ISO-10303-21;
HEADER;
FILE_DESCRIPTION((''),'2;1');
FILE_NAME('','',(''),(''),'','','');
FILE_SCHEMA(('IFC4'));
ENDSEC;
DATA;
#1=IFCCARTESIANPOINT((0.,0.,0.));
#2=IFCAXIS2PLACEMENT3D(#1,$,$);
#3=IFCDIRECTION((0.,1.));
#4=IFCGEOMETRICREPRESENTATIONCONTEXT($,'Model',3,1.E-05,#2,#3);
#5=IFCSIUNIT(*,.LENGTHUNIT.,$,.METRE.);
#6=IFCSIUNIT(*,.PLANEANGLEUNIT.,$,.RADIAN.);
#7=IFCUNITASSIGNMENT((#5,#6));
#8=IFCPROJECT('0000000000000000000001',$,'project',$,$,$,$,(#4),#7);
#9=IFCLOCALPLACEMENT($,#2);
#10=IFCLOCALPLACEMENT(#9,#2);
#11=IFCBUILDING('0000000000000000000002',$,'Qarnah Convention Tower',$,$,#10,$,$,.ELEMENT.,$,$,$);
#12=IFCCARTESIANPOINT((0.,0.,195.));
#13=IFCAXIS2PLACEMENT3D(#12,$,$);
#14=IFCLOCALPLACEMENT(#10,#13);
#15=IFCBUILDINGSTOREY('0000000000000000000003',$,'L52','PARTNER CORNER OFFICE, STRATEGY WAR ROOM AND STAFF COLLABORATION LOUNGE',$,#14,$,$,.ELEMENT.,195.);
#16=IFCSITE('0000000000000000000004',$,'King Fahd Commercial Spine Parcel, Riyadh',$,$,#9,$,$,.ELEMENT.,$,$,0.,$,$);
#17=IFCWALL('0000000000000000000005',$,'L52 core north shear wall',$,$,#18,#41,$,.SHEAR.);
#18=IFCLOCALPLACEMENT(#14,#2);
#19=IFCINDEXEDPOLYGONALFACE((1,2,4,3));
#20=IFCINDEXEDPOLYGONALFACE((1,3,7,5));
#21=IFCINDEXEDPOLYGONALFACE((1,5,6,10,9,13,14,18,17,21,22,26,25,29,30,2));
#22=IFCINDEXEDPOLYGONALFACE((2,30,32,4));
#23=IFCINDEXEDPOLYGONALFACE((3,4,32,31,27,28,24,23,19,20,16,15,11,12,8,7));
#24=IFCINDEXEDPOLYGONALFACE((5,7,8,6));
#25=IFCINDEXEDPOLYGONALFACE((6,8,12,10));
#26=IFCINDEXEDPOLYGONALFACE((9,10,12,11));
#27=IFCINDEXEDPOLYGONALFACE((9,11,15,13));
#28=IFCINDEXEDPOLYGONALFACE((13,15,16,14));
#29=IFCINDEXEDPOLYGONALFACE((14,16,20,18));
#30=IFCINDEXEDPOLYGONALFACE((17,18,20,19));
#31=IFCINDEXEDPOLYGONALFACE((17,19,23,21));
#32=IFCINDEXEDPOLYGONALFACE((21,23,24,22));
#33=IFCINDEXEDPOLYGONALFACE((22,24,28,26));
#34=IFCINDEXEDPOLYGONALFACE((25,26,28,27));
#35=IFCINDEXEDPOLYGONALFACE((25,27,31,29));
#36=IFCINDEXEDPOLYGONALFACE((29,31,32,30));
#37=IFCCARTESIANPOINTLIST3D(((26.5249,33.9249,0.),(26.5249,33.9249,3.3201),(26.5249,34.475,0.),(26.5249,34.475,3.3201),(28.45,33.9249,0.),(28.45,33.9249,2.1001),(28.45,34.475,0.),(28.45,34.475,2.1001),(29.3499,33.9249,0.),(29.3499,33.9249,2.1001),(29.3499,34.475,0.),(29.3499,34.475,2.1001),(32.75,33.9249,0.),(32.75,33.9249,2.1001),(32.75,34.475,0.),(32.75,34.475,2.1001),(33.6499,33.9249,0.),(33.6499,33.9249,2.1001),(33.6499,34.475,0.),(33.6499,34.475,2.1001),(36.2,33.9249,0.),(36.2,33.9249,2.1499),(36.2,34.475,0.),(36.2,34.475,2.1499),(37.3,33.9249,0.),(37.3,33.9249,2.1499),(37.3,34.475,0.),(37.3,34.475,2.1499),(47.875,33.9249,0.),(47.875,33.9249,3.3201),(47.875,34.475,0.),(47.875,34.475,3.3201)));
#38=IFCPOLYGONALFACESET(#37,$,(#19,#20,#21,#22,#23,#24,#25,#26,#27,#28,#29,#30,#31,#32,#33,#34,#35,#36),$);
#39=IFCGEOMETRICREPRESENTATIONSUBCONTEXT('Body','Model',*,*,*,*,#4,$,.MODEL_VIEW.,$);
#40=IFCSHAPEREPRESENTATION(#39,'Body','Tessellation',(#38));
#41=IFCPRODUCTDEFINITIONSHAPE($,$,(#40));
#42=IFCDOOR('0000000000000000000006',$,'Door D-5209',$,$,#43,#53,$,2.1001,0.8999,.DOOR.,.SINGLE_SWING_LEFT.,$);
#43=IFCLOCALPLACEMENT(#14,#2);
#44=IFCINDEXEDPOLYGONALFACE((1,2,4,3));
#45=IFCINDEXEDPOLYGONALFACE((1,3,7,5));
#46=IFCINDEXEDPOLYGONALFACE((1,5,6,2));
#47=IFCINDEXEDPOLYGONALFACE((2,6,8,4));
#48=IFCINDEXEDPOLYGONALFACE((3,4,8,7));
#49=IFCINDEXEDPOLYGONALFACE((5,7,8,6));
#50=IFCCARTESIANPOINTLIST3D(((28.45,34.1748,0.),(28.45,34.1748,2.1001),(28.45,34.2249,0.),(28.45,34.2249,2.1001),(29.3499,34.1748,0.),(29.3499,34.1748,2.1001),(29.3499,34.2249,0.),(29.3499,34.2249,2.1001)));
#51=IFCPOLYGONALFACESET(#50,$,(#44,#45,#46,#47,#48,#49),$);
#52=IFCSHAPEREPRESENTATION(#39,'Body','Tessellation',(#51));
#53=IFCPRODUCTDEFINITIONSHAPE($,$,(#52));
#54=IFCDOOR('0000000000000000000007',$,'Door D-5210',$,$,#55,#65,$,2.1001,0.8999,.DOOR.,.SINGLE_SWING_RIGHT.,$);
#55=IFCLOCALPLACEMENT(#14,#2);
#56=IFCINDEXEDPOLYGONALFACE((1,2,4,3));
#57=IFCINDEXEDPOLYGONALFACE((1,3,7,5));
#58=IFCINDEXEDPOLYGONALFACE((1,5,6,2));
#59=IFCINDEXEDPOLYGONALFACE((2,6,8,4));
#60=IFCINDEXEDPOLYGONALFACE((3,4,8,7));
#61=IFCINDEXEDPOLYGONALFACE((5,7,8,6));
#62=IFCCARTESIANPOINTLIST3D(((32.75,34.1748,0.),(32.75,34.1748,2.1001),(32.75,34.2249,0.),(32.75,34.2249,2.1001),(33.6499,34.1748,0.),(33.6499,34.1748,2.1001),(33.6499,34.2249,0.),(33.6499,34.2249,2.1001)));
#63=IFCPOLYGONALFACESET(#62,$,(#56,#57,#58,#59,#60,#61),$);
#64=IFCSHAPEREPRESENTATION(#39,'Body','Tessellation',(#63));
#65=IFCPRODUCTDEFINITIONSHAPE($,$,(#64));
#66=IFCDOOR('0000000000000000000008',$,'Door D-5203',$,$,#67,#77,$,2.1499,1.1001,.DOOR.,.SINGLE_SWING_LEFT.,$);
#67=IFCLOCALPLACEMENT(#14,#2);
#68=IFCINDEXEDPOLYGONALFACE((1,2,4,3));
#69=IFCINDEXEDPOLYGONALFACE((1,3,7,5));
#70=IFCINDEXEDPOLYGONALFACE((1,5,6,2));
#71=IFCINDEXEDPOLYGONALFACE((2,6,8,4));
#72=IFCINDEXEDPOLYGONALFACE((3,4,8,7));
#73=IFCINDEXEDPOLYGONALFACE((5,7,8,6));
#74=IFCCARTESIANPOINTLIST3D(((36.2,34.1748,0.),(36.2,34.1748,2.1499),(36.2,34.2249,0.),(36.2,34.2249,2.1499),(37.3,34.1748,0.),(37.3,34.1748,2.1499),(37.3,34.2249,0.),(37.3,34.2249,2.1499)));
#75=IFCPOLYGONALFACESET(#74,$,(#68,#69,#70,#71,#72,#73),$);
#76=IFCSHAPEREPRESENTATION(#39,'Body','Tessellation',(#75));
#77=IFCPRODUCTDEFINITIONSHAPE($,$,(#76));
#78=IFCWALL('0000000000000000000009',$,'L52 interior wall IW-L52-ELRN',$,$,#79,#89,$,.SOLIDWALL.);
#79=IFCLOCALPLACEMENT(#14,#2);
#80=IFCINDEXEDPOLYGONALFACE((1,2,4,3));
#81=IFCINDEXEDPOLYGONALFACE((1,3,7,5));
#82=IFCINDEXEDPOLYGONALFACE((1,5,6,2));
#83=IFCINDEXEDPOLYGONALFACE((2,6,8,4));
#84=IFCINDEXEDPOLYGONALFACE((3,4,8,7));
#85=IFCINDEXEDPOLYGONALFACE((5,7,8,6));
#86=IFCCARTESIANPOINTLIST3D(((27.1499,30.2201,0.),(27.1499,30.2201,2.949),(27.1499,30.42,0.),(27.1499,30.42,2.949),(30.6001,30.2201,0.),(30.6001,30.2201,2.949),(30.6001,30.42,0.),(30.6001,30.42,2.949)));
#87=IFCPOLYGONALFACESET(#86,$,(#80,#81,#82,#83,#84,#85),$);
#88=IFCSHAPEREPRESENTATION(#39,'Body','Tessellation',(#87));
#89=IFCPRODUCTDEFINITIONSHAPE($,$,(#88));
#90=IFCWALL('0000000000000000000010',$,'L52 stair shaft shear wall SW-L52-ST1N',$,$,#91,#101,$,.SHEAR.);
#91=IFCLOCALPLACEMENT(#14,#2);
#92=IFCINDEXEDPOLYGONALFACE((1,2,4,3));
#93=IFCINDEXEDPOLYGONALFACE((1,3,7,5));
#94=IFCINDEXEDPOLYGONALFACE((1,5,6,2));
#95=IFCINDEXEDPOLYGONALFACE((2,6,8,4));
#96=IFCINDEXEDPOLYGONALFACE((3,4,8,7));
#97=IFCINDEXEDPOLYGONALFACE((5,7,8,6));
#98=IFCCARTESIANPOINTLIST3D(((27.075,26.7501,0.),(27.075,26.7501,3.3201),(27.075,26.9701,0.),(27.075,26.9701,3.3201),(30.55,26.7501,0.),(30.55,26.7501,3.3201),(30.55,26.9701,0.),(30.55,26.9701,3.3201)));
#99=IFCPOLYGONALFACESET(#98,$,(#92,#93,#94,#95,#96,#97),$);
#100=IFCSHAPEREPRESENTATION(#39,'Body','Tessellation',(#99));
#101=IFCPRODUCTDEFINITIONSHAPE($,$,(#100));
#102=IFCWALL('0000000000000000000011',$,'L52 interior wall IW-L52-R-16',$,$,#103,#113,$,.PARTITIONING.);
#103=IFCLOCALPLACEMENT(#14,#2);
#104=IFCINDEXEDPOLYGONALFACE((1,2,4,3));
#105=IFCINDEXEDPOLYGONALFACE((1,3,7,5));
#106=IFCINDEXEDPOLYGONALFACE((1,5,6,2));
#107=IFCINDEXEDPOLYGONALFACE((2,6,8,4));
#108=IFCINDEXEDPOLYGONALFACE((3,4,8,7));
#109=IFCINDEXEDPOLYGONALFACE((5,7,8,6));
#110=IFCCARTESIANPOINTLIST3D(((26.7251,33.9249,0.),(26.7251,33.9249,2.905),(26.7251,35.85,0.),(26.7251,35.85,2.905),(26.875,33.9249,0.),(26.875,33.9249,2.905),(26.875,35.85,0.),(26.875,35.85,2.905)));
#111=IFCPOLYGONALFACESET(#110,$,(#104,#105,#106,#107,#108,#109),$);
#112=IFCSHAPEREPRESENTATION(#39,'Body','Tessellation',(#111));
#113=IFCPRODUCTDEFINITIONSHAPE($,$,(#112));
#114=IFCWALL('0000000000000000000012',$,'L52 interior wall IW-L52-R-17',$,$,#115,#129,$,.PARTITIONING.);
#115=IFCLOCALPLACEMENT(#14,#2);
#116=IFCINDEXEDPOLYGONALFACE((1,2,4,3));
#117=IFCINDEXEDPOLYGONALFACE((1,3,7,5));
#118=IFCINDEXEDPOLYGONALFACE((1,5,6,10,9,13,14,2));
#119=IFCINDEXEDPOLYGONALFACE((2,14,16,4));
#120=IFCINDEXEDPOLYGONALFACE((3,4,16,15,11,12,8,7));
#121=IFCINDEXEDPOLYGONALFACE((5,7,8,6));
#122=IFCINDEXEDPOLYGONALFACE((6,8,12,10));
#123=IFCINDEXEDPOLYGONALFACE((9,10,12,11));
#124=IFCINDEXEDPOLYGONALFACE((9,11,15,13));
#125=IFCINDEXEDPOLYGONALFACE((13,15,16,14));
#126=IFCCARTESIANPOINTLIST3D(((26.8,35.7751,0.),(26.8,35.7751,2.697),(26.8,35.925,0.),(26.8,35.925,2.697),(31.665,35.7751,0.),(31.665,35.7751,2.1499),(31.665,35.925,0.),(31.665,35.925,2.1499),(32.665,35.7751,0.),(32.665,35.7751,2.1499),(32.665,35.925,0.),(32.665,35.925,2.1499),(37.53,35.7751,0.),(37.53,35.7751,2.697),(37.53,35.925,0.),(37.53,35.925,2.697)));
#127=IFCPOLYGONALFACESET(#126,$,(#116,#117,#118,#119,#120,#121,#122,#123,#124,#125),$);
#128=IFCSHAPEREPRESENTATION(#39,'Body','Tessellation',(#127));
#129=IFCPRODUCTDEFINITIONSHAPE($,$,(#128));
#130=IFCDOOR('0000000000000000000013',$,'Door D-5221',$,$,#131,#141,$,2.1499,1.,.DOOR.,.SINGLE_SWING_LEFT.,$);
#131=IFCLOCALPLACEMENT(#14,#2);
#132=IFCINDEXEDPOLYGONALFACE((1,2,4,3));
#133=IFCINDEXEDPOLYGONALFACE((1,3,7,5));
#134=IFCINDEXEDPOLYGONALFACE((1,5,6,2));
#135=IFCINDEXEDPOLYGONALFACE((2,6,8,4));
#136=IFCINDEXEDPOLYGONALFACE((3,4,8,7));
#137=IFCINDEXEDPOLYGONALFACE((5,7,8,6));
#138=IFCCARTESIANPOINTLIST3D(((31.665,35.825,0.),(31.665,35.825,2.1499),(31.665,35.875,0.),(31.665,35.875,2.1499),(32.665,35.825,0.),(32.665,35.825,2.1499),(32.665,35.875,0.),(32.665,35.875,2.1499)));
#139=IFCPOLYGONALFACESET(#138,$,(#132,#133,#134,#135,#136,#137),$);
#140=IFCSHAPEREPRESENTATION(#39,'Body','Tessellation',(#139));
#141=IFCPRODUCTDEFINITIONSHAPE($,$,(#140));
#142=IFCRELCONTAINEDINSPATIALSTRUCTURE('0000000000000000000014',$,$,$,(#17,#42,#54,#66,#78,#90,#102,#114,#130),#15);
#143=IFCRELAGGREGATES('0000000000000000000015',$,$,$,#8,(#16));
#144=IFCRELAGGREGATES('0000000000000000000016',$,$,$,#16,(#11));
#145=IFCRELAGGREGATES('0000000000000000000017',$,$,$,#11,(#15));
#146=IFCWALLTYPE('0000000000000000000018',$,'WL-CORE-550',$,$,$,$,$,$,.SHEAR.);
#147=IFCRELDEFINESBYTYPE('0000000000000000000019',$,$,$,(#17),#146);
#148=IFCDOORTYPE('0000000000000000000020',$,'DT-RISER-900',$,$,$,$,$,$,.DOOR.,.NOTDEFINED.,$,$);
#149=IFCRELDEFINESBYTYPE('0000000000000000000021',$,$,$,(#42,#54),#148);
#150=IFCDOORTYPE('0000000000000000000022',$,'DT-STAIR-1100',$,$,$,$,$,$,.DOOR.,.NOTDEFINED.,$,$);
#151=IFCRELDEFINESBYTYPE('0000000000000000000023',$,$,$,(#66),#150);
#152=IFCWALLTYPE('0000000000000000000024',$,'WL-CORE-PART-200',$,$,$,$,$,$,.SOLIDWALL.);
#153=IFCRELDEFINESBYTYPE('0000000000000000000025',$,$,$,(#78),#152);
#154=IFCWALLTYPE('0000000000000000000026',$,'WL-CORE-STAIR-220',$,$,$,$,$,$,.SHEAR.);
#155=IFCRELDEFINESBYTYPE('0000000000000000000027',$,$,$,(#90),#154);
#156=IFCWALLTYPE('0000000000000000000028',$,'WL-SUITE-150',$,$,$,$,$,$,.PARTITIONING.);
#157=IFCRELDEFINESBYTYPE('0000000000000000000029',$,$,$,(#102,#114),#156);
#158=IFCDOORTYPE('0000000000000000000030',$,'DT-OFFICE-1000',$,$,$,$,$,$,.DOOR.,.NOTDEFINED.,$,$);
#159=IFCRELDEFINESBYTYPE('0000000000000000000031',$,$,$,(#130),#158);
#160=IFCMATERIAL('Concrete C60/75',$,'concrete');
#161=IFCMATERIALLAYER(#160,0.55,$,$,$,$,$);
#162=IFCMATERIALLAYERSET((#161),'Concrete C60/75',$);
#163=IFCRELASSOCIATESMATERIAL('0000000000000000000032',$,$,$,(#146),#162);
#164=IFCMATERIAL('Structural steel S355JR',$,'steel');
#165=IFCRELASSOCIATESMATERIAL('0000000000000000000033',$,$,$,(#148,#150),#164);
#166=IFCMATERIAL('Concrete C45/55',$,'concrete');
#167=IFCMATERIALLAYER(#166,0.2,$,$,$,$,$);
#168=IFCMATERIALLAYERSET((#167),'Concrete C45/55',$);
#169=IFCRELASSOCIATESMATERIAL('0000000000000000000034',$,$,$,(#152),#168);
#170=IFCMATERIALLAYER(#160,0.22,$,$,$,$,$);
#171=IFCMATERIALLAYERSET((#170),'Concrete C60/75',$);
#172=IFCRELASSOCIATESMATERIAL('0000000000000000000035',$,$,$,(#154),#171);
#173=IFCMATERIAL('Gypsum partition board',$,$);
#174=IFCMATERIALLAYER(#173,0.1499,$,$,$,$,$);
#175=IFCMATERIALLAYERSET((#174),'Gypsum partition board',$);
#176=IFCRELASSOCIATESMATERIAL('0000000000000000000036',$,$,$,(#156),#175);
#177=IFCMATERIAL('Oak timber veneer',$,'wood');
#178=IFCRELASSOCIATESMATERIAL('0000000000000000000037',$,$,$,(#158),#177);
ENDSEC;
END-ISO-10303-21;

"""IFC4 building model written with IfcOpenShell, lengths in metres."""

from ifc_helpers import new_model, si_unit, direction, frame, frame_2d, origin, place, context, subcontext, project, spatial, rectangle, extrude, material, layer, layer_set, type_object, element, fill, save


model = new_model("IFC4")

# Units and contexts
model_context = context("Model", 3, precision=1e-05, world=origin(), true_north=direction((0.0, 1.0)))
body_context = subcontext(model_context, "Body", "Model", "MODEL_VIEW")
ifc_project = project(units=[si_unit("LENGTHUNIT", "METRE"), si_unit("PLANEANGLEUNIT", "RADIAN")], contexts=[model_context])

# Site, building, storey
site_placement = place(None, origin())
site = spatial("IfcSite", under=ifc_project, at=site_placement, Name="King Fahd Commercial Spine Parcel, Riyadh", CompositionType="ELEMENT", RefElevation=0.0)
building_placement = place(site_placement, origin())
building = spatial("IfcBuilding", under=site, at=building_placement, Name="Qarnah Convention Tower", CompositionType="ELEMENT")
storey_placement = place(building_placement, frame((0.0, 0.0, 195.0)))
storey = spatial("IfcBuildingStorey", under=building, at=storey_placement, Name="L52", Description="PARTNER CORNER OFFICE, STRATEGY WAR ROOM AND STAFF COLLABORATION LOUNGE", CompositionType="ELEMENT", Elevation=195.0)

# Shared definitions
ifc_material_1 = material(Name="Structural steel S355JR", Category="steel")

# Wall, openings, doors
ifc_material_2 = material(Name="Concrete C60/75", Category="concrete")
ifc_layer_1 = layer(ifc_material_2, 0.55)
ifc_layer_set_1 = layer_set([ifc_layer_1], Name="Concrete C60/75")
wall_type_1 = type_object("IfcWallType", Name="WL-CORE-550", PredefinedType="SHEAR", material=ifc_layer_set_1)
wall_1_placement = place(storey_placement, frame((26.5249, 34.2, 0.0), z_axis=(0.0, 0.0, 1.0), x_axis=(1.0, 0.0, 0.0)))
wall_1 = element("IfcWall", 1, at=wall_1_placement, inside=storey, type_object=wall_type_1, Name="L52 core north shear wall", PredefinedType="SHEAR", context=body_context, shape_type="SweptSolid", body=[
    extrude(rectangle(XDim=21.3501, YDim=0.55, at=frame_2d((10.675, 0.0))), origin(), (0.0, 0.0, 1.0), 3.3201),
])
opening_1_placement = place(wall_1_placement, frame((9.675, 0.0, 0.0)))
opening_1 = element("IfcOpeningElement", 2, at=opening_1_placement, cuts=wall_1, PredefinedType="OPENING", context=body_context, shape_type="SweptSolid", body=[
    extrude(rectangle(XDim=1.1001, YDim=2.1499, at=frame_2d((0.55, 1.075))), frame((0.0, 0.2849, 0.0), z_axis=(0.0, -1.0, 0.0), x_axis=(1.0, 0.0, 0.0)), (0.0, 0.0, 1.0), 0.5701),
])
opening_2_placement = place(wall_1_placement, frame((1.925, 0.0, 0.0)))
opening_2 = element("IfcOpeningElement", 3, at=opening_2_placement, cuts=wall_1, PredefinedType="OPENING", context=body_context, shape_type="SweptSolid", body=[
    extrude(rectangle(XDim=0.8999, YDim=2.1001, at=frame_2d((0.45, 1.05))), frame((0.0, 0.2849, 0.0), z_axis=(0.0, -1.0, 0.0), x_axis=(1.0, 0.0, 0.0)), (0.0, 0.0, 1.0), 0.5701),
])
opening_3_placement = place(wall_1_placement, frame((6.2251, 0.0, 0.0)))
opening_3 = element("IfcOpeningElement", 4, at=opening_3_placement, cuts=wall_1, PredefinedType="OPENING", context=body_context, shape_type="SweptSolid", body=[
    extrude(rectangle(XDim=0.8999, YDim=2.1001, at=frame_2d((0.45, 1.05))), frame((0.0, 0.2849, 0.0), z_axis=(0.0, -1.0, 0.0), x_axis=(1.0, 0.0, 0.0)), (0.0, 0.0, 1.0), 0.5701),
])
door_type_1 = type_object("IfcDoorType", Name="DT-RISER-900", OperationType="NOTDEFINED", PredefinedType="DOOR", material=ifc_material_1)
door_1_placement = place(opening_2_placement, origin())
door_1 = element("IfcDoor", 5, at=door_1_placement, inside=storey, type_object=door_type_1, Name="Door D-5209", OperationType="SINGLE_SWING_LEFT", OverallHeight=2.1001, OverallWidth=0.8999, PredefinedType="DOOR", context=body_context, shape_type="SweptSolid", body=[
    extrude(rectangle(XDim=0.8999, YDim=2.1001, at=frame_2d((0.45, 1.05))), frame((0.0, 0.0249, 0.0), z_axis=(0.0, -1.0, 0.0), x_axis=(1.0, 0.0, 0.0)), (0.0, 0.0, 1.0), 0.05),
])
fill(opening_2, door_1)
door_2_placement = place(opening_3_placement, origin())
door_2 = element("IfcDoor", 6, at=door_2_placement, inside=storey, type_object=door_type_1, Name="Door D-5210", OperationType="SINGLE_SWING_RIGHT", OverallHeight=2.1001, OverallWidth=0.8999, PredefinedType="DOOR", context=body_context, shape_type="SweptSolid", body=[
    extrude(rectangle(XDim=0.8999, YDim=2.1001, at=frame_2d((0.45, 1.05))), frame((0.0, 0.0249, 0.0), z_axis=(0.0, -1.0, 0.0), x_axis=(1.0, 0.0, 0.0)), (0.0, 0.0, 1.0), 0.05),
])
fill(opening_3, door_2)
door_type_2 = type_object("IfcDoorType", Name="DT-STAIR-1100", OperationType="NOTDEFINED", PredefinedType="DOOR", material=ifc_material_1)
door_3_placement = place(opening_1_placement, origin())
door_3 = element("IfcDoor", 7, at=door_3_placement, inside=storey, type_object=door_type_2, Name="Door D-5203", OperationType="SINGLE_SWING_LEFT", OverallHeight=2.1499, OverallWidth=1.1001, PredefinedType="DOOR", context=body_context, shape_type="SweptSolid", body=[
    extrude(rectangle(XDim=1.1001, YDim=2.1499, at=frame_2d((0.55, 1.075))), frame((0.0, 0.0249, 0.0), z_axis=(0.0, -1.0, 0.0), x_axis=(1.0, 0.0, 0.0)), (0.0, 0.0, 1.0), 0.05),
])
fill(opening_1, door_3)

# Walls
ifc_material_3 = material(Name="Concrete C45/55", Category="concrete")
ifc_layer_2 = layer(ifc_material_3, 0.2)
ifc_layer_set_2 = layer_set([ifc_layer_2], Name="Concrete C45/55")
wall_type_2 = type_object("IfcWallType", Name="WL-CORE-PART-200", PredefinedType="SOLIDWALL", material=ifc_layer_set_2)
wall_2_placement = place(storey_placement, frame((27.1499, 30.3201, 0.0), z_axis=(0.0, 0.0, 1.0), x_axis=(1.0, 0.0, 0.0)))
element("IfcWall", 8, at=wall_2_placement, inside=storey, type_object=wall_type_2, Name="L52 interior wall IW-L52-ELRN", PredefinedType="SOLIDWALL", context=body_context, shape_type="SweptSolid", body=[
    extrude(rectangle(XDim=3.4502, YDim=0.2, at=frame_2d((1.7251, 0.0))), origin(), (0.0, 0.0, 1.0), 2.949),
])
ifc_layer_3 = layer(ifc_material_2, 0.22)
ifc_layer_set_3 = layer_set([ifc_layer_3], Name="Concrete C60/75")
wall_type_3 = type_object("IfcWallType", Name="WL-CORE-STAIR-220", PredefinedType="SHEAR", material=ifc_layer_set_3)
wall_3_placement = place(storey_placement, frame((27.075, 26.8601, 0.0), z_axis=(0.0, 0.0, 1.0), x_axis=(1.0, 0.0, 0.0)))
element("IfcWall", 9, at=wall_3_placement, inside=storey, type_object=wall_type_3, Name="L52 stair shaft shear wall SW-L52-ST1N", PredefinedType="SHEAR", context=body_context, shape_type="SweptSolid", body=[
    extrude(rectangle(XDim=3.4751, YDim=0.22, at=frame_2d((1.7375, 0.0))), origin(), (0.0, 0.0, 1.0), 3.3201),
])

# Shared definitions
ifc_material_4 = material(Name="Gypsum partition board")
ifc_layer_4 = layer(ifc_material_4, 0.1499)
ifc_layer_set_4 = layer_set([ifc_layer_4], Name="Gypsum partition board")
wall_type_4 = type_object("IfcWallType", Name="WL-SUITE-150", PredefinedType="PARTITIONING", material=ifc_layer_set_4)
ifc_material_5 = material(Name="Oak timber veneer", Category="wood")
door_type_3 = type_object("IfcDoorType", Name="DT-OFFICE-1000", OperationType="NOTDEFINED", PredefinedType="DOOR", material=ifc_material_5)

# Wall
wall_4_placement = place(storey_placement, frame((26.8, 33.925, 0.0), z_axis=(0.0, 0.0, 1.0), x_axis=(0.0, 1.0, 0.0)))
element("IfcWall", 10, at=wall_4_placement, inside=storey, type_object=wall_type_4, Name="L52 interior wall IW-L52-R-16", PredefinedType="PARTITIONING", context=body_context, shape_type="SweptSolid", body=[
    extrude(rectangle(XDim=1.925, YDim=0.1499, at=frame_2d((0.9624, 0.0))), origin(), (0.0, 0.0, 1.0), 2.905),
])

# Wall, opening, door
wall_5_placement = place(storey_placement, frame((26.8, 35.8501, 0.0), z_axis=(0.0, 0.0, 1.0), x_axis=(1.0, 0.0, 0.0)))
wall_5 = element("IfcWall", 11, at=wall_5_placement, inside=storey, type_object=wall_type_4, Name="L52 interior wall IW-L52-R-17", PredefinedType="PARTITIONING", context=body_context, shape_type="SweptSolid", body=[
    extrude(rectangle(XDim=10.73, YDim=0.1499, at=frame_2d((5.365, 0.0))), origin(), (0.0, 0.0, 1.0), 2.697),
])
opening_4_placement = place(wall_5_placement, frame((4.865, 0.0, 0.0)))
opening_4 = element("IfcOpeningElement", 12, at=opening_4_placement, cuts=wall_5, PredefinedType="OPENING", context=body_context, shape_type="SweptSolid", body=[
    extrude(rectangle(XDim=1.0, YDim=2.1499, at=frame_2d((0.5, 1.075))), frame((0.0, 0.085, 0.0), z_axis=(0.0, -1.0, 0.0), x_axis=(1.0, 0.0, 0.0)), (0.0, 0.0, 1.0), 0.1699),
])
door_4_placement = place(opening_4_placement, origin())
door_4 = element("IfcDoor", 13, at=door_4_placement, inside=storey, type_object=door_type_3, Name="Door D-5221", OperationType="SINGLE_SWING_LEFT", OverallHeight=2.1499, OverallWidth=1.0, PredefinedType="DOOR", context=body_context, shape_type="SweptSolid", body=[
    extrude(rectangle(XDim=1.0, YDim=2.1499, at=frame_2d((0.5, 1.075))), frame((0.0, 0.0249, 0.0), z_axis=(0.0, -1.0, 0.0), x_axis=(1.0, 0.0, 0.0)), (0.0, 0.0, 1.0), 0.05),
])
fill(opening_4, door_4)

save(model, "model.ifc")
